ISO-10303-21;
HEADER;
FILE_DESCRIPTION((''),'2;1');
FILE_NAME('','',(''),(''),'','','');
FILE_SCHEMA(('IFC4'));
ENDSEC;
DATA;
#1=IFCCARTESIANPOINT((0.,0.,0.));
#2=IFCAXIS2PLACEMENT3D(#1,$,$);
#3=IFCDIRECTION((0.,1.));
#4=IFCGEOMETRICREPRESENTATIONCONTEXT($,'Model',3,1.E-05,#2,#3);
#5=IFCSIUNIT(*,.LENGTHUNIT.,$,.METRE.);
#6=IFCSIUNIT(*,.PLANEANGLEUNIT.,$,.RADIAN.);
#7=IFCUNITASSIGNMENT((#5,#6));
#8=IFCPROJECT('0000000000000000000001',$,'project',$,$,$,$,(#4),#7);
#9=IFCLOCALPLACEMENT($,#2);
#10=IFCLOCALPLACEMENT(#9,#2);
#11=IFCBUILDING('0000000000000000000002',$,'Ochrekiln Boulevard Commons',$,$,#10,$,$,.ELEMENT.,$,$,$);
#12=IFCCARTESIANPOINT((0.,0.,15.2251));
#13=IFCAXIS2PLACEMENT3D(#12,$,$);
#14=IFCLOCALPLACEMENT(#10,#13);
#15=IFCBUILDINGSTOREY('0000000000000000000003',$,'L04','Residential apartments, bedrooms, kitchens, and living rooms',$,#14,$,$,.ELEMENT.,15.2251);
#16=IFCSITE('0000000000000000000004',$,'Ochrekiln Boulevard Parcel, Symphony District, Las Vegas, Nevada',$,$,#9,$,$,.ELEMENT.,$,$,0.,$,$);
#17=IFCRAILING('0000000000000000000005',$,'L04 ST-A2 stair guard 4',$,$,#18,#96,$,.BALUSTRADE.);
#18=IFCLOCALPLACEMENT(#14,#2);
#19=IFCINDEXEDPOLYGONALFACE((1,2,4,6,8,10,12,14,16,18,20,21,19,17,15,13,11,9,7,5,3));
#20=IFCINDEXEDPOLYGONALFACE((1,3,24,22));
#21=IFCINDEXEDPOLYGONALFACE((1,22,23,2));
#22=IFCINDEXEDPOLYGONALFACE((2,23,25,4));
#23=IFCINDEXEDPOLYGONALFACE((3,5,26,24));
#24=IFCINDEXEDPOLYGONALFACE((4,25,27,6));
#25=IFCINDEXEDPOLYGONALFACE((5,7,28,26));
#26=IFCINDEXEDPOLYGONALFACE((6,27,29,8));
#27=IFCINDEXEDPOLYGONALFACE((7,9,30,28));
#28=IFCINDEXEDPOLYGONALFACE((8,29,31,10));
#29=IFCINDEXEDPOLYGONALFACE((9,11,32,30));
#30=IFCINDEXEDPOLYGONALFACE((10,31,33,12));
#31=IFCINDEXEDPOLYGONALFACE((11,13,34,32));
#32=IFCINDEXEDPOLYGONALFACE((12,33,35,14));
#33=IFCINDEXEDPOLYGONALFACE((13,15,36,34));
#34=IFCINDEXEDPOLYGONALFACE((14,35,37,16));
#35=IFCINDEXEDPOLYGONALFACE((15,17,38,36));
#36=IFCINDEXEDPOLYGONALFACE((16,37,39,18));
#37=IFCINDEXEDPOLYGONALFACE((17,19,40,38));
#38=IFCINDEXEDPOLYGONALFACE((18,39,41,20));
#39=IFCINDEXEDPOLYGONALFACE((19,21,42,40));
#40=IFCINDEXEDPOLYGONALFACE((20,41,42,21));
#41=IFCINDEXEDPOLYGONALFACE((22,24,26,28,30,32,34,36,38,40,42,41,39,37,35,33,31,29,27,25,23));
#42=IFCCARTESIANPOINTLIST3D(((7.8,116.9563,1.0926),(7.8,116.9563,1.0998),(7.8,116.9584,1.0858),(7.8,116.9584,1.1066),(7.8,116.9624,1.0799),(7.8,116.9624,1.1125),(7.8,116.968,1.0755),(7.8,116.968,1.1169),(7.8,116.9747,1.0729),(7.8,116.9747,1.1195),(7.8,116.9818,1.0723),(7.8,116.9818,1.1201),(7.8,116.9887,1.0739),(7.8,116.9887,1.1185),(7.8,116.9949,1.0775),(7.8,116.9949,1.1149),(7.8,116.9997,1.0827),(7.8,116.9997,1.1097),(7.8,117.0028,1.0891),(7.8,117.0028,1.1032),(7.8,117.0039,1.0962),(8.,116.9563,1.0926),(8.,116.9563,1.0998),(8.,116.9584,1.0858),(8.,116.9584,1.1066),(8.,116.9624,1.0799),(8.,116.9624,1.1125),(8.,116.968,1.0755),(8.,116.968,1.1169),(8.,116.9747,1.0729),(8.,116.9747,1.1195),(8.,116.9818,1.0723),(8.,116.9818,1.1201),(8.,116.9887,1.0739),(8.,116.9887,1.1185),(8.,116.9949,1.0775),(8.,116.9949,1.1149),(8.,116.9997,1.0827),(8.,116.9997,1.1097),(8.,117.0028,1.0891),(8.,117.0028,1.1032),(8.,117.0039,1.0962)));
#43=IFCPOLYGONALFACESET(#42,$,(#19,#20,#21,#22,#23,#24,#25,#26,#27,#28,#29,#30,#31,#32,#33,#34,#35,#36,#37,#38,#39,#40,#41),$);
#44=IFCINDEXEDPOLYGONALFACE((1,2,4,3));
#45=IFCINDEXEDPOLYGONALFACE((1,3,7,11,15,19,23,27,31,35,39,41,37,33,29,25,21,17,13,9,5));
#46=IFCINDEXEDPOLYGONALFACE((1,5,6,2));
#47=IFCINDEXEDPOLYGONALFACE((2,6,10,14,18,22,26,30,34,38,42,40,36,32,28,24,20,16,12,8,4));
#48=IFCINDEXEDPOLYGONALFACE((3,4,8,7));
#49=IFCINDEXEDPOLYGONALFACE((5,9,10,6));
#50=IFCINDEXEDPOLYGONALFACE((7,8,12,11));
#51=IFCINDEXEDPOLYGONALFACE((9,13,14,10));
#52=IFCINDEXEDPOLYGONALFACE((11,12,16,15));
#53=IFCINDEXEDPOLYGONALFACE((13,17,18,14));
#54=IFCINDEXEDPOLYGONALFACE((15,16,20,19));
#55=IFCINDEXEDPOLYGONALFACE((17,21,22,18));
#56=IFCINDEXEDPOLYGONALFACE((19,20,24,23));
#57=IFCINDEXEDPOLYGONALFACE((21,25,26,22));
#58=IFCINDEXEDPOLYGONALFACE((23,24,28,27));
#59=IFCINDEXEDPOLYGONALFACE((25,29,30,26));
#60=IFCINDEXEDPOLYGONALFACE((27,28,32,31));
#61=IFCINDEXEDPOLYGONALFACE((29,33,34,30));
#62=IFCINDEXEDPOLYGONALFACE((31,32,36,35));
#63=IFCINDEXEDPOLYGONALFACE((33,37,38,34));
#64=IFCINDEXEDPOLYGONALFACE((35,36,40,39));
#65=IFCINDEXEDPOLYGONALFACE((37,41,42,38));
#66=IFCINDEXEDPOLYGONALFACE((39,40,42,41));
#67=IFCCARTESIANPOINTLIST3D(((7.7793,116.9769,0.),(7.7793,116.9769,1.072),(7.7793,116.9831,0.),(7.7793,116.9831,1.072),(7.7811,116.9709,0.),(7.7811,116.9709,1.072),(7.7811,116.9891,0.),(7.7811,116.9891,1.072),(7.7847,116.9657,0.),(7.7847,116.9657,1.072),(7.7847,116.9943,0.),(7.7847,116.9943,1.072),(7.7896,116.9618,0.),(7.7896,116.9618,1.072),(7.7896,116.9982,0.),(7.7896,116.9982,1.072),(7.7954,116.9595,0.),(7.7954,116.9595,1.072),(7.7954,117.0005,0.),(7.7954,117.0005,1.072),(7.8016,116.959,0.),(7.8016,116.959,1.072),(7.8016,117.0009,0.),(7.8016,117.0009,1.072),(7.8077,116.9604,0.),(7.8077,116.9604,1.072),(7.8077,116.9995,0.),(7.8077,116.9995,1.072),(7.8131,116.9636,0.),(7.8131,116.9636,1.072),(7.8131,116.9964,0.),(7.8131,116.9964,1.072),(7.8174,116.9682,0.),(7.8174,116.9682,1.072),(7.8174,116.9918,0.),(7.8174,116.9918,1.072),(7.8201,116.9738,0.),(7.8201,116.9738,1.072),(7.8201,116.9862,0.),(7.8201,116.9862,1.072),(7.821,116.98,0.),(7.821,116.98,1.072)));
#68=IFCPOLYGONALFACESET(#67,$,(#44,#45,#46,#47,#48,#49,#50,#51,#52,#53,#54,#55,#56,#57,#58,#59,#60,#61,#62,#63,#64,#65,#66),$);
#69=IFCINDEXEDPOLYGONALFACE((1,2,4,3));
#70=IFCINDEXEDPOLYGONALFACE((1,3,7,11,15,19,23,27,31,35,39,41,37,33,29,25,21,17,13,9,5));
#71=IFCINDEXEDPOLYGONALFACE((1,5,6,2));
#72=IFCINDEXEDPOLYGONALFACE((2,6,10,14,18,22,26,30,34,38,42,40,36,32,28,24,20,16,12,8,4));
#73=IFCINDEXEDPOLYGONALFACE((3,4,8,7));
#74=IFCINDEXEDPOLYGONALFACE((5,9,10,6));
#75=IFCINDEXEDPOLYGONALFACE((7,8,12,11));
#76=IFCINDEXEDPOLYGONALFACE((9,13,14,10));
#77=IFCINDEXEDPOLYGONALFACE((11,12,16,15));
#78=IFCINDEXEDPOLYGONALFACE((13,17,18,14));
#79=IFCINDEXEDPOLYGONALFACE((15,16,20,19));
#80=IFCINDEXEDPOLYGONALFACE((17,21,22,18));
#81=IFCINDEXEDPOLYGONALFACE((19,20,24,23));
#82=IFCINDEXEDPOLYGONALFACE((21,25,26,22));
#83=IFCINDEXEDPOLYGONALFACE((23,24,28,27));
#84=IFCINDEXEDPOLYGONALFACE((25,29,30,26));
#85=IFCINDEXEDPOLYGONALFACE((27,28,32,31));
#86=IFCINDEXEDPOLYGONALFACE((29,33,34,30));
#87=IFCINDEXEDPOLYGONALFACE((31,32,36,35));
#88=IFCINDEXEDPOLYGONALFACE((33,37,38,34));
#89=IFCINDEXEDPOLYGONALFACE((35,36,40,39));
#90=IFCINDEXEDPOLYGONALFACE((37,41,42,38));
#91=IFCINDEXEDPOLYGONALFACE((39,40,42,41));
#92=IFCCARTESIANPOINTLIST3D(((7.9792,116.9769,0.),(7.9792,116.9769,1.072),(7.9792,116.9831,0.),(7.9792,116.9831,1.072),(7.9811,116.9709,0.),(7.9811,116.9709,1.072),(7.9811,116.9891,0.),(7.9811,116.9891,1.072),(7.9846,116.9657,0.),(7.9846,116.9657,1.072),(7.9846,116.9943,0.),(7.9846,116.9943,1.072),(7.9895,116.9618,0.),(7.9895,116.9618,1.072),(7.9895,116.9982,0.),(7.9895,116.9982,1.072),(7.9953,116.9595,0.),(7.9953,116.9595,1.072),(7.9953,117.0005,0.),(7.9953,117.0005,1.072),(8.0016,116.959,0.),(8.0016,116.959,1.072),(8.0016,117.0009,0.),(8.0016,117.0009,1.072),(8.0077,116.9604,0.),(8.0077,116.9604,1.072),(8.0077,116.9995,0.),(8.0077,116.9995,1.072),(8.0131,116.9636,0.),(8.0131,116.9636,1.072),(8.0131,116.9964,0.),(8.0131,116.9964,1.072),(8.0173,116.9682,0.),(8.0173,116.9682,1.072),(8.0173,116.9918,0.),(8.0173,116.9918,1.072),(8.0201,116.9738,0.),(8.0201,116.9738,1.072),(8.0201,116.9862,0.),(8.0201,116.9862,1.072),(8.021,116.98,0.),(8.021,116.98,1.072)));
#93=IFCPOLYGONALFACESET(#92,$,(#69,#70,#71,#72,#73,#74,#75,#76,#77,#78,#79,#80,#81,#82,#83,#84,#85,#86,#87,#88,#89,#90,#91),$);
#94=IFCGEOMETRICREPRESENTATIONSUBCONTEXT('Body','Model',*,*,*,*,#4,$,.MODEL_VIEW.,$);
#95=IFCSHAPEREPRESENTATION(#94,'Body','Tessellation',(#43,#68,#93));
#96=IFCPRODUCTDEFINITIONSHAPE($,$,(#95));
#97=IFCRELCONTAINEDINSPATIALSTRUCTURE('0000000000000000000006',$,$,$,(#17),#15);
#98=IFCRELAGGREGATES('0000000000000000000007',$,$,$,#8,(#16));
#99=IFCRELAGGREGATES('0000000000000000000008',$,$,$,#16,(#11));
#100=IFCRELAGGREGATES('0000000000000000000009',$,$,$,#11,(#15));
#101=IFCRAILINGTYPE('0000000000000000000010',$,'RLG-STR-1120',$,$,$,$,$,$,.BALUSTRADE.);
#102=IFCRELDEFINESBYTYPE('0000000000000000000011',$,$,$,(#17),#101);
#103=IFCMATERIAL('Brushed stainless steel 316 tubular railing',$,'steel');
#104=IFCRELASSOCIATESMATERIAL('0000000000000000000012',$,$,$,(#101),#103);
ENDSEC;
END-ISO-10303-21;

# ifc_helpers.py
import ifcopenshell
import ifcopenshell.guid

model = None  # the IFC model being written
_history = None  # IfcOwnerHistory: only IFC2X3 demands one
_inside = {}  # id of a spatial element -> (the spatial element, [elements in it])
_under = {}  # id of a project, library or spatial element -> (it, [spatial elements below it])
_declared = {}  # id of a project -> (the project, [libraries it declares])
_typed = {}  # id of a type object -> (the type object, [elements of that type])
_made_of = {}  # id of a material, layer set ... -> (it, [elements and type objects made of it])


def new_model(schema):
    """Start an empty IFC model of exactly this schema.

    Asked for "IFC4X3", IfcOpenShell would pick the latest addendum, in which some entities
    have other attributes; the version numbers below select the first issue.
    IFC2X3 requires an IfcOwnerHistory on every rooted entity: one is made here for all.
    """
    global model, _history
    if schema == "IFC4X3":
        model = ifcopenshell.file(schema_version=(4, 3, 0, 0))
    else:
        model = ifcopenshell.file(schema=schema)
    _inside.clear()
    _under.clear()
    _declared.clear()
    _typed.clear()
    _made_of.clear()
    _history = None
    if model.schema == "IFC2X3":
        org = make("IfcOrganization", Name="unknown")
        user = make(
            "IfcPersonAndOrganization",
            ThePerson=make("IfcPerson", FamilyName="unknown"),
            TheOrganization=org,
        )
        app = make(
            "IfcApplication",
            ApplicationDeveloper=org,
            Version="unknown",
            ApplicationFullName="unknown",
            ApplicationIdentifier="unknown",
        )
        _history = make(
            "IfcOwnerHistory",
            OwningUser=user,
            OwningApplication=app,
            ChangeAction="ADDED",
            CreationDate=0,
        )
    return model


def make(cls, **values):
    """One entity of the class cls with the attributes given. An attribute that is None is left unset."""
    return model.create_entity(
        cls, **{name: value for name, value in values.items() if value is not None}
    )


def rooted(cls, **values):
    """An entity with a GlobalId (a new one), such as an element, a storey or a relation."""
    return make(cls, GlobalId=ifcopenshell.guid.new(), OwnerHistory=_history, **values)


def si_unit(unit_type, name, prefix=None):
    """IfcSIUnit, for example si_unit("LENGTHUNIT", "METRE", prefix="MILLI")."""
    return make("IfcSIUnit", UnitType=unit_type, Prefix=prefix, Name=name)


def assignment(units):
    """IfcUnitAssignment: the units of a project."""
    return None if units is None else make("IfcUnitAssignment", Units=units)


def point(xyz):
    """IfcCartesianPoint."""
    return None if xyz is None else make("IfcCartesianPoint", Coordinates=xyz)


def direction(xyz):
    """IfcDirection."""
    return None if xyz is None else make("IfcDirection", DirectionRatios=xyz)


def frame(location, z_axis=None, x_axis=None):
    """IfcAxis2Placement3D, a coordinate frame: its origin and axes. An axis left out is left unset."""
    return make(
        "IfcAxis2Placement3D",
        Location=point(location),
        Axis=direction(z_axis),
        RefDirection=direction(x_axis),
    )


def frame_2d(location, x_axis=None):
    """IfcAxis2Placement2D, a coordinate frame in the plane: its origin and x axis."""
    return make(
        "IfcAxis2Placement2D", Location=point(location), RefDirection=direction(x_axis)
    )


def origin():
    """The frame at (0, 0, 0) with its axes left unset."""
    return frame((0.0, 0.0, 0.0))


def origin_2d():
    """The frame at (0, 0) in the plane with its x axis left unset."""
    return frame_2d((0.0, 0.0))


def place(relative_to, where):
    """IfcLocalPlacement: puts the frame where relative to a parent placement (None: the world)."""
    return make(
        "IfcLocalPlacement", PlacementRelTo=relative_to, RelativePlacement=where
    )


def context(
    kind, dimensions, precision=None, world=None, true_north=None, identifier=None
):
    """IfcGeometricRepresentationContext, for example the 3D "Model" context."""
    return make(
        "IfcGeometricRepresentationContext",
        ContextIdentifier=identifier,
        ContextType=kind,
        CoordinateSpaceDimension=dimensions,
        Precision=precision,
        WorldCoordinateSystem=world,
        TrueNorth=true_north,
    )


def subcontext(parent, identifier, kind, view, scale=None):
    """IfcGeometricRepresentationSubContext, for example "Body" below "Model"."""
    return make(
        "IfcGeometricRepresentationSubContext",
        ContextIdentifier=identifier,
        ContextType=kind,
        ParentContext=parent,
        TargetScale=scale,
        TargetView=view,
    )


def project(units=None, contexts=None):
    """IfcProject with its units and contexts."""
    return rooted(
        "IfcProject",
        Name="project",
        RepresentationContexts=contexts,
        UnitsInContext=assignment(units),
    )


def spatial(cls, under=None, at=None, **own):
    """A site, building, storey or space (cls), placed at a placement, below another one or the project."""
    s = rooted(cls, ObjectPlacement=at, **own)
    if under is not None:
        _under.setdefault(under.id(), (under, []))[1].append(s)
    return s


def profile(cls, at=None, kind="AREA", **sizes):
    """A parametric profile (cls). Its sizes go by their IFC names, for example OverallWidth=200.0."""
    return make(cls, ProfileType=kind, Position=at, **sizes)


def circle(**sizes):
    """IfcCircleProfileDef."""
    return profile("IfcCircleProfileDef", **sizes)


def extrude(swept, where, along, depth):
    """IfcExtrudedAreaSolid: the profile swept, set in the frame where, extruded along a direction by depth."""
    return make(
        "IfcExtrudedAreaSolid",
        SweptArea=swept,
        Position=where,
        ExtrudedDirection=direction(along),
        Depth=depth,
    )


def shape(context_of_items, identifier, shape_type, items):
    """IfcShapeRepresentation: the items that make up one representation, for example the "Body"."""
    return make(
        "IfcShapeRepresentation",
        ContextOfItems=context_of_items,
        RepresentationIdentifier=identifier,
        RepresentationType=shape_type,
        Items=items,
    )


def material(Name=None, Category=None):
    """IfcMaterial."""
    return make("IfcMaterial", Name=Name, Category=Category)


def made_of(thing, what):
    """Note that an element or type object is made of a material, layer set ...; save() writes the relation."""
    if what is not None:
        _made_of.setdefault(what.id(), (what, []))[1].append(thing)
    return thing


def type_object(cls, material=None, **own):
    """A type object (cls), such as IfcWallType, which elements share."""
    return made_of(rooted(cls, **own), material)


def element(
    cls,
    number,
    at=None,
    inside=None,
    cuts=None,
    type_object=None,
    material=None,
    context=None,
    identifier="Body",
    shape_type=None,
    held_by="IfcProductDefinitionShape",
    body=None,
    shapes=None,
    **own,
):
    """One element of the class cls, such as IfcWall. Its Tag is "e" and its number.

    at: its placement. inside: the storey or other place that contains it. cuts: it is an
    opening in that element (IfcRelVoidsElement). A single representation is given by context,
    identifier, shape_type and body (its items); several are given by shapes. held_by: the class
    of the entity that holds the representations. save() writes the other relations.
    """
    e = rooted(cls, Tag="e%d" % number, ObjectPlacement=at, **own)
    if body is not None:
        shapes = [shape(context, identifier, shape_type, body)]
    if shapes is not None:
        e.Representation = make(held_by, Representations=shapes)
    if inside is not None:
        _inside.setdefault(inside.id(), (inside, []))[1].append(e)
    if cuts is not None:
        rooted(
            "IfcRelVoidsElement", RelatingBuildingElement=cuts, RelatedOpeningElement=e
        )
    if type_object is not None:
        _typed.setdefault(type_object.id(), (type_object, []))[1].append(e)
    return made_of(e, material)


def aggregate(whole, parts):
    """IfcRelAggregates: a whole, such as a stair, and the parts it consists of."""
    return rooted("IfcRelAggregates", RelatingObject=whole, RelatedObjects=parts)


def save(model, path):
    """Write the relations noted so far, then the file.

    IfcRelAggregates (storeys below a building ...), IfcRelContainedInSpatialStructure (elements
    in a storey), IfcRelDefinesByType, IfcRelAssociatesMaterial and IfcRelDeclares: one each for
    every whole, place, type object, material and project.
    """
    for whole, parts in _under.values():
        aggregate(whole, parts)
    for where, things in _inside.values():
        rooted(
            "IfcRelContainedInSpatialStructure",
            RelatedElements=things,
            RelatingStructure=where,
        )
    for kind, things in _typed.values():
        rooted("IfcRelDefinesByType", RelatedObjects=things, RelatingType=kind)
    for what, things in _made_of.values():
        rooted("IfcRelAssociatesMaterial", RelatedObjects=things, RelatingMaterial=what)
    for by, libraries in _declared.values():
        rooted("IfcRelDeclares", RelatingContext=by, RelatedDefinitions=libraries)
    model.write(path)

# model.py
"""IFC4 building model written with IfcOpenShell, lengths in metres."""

from ifc_helpers import new_model, si_unit, direction, frame, origin, origin_2d, place, context, subcontext, project, spatial, circle, extrude, material, type_object, element, save


model = new_model("IFC4")

# Units and contexts
model_context = context("Model", 3, precision=1e-05, world=origin(), true_north=direction((0.0, 1.0)))
body_context = subcontext(model_context, "Body", "Model", "MODEL_VIEW")
ifc_project = project(units=[si_unit("LENGTHUNIT", "METRE"), si_unit("PLANEANGLEUNIT", "RADIAN")], contexts=[model_context])

# Site, building, storey
site_placement = place(None, origin())
site = spatial("IfcSite", under=ifc_project, at=site_placement, Name="Ochrekiln Boulevard Parcel, Symphony District, Las Vegas, Nevada", CompositionType="ELEMENT", RefElevation=0.0)
building_placement = place(site_placement, origin())
building = spatial("IfcBuilding", under=site, at=building_placement, Name="Ochrekiln Boulevard Commons", CompositionType="ELEMENT")
storey_placement = place(building_placement, frame((0.0, 0.0, 15.2251)))
storey = spatial("IfcBuildingStorey", under=building, at=storey_placement, Name="L04", Description="Residential apartments, bedrooms, kitchens, and living rooms", CompositionType="ELEMENT", Elevation=15.2251)

# Railing
ifc_material_1 = material(Name="Brushed stainless steel 316 tubular railing", Category="steel")
railing_type_1 = type_object("IfcRailingType", Name="RLG-STR-1120", PredefinedType="BALUSTRADE", material=ifc_material_1)
railing_1_placement = place(storey_placement, frame((7.8, 116.98, 0.0)))
element("IfcRailing", 1, at=railing_1_placement, inside=storey, type_object=railing_type_1, Name="L04 ST-A2 stair guard 4", PredefinedType="BALUSTRADE", context=body_context, shape_type="SweptSolid", body=[
    extrude(circle(Radius=0.0239, at=origin_2d()), frame((0.0, 0.0, 1.0962), z_axis=(1.0, 0.0, 0.0), x_axis=(0.0, 1.0, 0.0)), (0.0, 0.0, 1.0), 0.2),
    extrude(circle(Radius=0.021, at=origin_2d()), origin(), (0.0, 0.0, 1.0), 1.072),
    extrude(circle(Radius=0.021, at=origin_2d()), frame((0.2, 0.0, 0.0)), (0.0, 0.0, 1.0), 1.072),
])

save(model, "model.ifc")
